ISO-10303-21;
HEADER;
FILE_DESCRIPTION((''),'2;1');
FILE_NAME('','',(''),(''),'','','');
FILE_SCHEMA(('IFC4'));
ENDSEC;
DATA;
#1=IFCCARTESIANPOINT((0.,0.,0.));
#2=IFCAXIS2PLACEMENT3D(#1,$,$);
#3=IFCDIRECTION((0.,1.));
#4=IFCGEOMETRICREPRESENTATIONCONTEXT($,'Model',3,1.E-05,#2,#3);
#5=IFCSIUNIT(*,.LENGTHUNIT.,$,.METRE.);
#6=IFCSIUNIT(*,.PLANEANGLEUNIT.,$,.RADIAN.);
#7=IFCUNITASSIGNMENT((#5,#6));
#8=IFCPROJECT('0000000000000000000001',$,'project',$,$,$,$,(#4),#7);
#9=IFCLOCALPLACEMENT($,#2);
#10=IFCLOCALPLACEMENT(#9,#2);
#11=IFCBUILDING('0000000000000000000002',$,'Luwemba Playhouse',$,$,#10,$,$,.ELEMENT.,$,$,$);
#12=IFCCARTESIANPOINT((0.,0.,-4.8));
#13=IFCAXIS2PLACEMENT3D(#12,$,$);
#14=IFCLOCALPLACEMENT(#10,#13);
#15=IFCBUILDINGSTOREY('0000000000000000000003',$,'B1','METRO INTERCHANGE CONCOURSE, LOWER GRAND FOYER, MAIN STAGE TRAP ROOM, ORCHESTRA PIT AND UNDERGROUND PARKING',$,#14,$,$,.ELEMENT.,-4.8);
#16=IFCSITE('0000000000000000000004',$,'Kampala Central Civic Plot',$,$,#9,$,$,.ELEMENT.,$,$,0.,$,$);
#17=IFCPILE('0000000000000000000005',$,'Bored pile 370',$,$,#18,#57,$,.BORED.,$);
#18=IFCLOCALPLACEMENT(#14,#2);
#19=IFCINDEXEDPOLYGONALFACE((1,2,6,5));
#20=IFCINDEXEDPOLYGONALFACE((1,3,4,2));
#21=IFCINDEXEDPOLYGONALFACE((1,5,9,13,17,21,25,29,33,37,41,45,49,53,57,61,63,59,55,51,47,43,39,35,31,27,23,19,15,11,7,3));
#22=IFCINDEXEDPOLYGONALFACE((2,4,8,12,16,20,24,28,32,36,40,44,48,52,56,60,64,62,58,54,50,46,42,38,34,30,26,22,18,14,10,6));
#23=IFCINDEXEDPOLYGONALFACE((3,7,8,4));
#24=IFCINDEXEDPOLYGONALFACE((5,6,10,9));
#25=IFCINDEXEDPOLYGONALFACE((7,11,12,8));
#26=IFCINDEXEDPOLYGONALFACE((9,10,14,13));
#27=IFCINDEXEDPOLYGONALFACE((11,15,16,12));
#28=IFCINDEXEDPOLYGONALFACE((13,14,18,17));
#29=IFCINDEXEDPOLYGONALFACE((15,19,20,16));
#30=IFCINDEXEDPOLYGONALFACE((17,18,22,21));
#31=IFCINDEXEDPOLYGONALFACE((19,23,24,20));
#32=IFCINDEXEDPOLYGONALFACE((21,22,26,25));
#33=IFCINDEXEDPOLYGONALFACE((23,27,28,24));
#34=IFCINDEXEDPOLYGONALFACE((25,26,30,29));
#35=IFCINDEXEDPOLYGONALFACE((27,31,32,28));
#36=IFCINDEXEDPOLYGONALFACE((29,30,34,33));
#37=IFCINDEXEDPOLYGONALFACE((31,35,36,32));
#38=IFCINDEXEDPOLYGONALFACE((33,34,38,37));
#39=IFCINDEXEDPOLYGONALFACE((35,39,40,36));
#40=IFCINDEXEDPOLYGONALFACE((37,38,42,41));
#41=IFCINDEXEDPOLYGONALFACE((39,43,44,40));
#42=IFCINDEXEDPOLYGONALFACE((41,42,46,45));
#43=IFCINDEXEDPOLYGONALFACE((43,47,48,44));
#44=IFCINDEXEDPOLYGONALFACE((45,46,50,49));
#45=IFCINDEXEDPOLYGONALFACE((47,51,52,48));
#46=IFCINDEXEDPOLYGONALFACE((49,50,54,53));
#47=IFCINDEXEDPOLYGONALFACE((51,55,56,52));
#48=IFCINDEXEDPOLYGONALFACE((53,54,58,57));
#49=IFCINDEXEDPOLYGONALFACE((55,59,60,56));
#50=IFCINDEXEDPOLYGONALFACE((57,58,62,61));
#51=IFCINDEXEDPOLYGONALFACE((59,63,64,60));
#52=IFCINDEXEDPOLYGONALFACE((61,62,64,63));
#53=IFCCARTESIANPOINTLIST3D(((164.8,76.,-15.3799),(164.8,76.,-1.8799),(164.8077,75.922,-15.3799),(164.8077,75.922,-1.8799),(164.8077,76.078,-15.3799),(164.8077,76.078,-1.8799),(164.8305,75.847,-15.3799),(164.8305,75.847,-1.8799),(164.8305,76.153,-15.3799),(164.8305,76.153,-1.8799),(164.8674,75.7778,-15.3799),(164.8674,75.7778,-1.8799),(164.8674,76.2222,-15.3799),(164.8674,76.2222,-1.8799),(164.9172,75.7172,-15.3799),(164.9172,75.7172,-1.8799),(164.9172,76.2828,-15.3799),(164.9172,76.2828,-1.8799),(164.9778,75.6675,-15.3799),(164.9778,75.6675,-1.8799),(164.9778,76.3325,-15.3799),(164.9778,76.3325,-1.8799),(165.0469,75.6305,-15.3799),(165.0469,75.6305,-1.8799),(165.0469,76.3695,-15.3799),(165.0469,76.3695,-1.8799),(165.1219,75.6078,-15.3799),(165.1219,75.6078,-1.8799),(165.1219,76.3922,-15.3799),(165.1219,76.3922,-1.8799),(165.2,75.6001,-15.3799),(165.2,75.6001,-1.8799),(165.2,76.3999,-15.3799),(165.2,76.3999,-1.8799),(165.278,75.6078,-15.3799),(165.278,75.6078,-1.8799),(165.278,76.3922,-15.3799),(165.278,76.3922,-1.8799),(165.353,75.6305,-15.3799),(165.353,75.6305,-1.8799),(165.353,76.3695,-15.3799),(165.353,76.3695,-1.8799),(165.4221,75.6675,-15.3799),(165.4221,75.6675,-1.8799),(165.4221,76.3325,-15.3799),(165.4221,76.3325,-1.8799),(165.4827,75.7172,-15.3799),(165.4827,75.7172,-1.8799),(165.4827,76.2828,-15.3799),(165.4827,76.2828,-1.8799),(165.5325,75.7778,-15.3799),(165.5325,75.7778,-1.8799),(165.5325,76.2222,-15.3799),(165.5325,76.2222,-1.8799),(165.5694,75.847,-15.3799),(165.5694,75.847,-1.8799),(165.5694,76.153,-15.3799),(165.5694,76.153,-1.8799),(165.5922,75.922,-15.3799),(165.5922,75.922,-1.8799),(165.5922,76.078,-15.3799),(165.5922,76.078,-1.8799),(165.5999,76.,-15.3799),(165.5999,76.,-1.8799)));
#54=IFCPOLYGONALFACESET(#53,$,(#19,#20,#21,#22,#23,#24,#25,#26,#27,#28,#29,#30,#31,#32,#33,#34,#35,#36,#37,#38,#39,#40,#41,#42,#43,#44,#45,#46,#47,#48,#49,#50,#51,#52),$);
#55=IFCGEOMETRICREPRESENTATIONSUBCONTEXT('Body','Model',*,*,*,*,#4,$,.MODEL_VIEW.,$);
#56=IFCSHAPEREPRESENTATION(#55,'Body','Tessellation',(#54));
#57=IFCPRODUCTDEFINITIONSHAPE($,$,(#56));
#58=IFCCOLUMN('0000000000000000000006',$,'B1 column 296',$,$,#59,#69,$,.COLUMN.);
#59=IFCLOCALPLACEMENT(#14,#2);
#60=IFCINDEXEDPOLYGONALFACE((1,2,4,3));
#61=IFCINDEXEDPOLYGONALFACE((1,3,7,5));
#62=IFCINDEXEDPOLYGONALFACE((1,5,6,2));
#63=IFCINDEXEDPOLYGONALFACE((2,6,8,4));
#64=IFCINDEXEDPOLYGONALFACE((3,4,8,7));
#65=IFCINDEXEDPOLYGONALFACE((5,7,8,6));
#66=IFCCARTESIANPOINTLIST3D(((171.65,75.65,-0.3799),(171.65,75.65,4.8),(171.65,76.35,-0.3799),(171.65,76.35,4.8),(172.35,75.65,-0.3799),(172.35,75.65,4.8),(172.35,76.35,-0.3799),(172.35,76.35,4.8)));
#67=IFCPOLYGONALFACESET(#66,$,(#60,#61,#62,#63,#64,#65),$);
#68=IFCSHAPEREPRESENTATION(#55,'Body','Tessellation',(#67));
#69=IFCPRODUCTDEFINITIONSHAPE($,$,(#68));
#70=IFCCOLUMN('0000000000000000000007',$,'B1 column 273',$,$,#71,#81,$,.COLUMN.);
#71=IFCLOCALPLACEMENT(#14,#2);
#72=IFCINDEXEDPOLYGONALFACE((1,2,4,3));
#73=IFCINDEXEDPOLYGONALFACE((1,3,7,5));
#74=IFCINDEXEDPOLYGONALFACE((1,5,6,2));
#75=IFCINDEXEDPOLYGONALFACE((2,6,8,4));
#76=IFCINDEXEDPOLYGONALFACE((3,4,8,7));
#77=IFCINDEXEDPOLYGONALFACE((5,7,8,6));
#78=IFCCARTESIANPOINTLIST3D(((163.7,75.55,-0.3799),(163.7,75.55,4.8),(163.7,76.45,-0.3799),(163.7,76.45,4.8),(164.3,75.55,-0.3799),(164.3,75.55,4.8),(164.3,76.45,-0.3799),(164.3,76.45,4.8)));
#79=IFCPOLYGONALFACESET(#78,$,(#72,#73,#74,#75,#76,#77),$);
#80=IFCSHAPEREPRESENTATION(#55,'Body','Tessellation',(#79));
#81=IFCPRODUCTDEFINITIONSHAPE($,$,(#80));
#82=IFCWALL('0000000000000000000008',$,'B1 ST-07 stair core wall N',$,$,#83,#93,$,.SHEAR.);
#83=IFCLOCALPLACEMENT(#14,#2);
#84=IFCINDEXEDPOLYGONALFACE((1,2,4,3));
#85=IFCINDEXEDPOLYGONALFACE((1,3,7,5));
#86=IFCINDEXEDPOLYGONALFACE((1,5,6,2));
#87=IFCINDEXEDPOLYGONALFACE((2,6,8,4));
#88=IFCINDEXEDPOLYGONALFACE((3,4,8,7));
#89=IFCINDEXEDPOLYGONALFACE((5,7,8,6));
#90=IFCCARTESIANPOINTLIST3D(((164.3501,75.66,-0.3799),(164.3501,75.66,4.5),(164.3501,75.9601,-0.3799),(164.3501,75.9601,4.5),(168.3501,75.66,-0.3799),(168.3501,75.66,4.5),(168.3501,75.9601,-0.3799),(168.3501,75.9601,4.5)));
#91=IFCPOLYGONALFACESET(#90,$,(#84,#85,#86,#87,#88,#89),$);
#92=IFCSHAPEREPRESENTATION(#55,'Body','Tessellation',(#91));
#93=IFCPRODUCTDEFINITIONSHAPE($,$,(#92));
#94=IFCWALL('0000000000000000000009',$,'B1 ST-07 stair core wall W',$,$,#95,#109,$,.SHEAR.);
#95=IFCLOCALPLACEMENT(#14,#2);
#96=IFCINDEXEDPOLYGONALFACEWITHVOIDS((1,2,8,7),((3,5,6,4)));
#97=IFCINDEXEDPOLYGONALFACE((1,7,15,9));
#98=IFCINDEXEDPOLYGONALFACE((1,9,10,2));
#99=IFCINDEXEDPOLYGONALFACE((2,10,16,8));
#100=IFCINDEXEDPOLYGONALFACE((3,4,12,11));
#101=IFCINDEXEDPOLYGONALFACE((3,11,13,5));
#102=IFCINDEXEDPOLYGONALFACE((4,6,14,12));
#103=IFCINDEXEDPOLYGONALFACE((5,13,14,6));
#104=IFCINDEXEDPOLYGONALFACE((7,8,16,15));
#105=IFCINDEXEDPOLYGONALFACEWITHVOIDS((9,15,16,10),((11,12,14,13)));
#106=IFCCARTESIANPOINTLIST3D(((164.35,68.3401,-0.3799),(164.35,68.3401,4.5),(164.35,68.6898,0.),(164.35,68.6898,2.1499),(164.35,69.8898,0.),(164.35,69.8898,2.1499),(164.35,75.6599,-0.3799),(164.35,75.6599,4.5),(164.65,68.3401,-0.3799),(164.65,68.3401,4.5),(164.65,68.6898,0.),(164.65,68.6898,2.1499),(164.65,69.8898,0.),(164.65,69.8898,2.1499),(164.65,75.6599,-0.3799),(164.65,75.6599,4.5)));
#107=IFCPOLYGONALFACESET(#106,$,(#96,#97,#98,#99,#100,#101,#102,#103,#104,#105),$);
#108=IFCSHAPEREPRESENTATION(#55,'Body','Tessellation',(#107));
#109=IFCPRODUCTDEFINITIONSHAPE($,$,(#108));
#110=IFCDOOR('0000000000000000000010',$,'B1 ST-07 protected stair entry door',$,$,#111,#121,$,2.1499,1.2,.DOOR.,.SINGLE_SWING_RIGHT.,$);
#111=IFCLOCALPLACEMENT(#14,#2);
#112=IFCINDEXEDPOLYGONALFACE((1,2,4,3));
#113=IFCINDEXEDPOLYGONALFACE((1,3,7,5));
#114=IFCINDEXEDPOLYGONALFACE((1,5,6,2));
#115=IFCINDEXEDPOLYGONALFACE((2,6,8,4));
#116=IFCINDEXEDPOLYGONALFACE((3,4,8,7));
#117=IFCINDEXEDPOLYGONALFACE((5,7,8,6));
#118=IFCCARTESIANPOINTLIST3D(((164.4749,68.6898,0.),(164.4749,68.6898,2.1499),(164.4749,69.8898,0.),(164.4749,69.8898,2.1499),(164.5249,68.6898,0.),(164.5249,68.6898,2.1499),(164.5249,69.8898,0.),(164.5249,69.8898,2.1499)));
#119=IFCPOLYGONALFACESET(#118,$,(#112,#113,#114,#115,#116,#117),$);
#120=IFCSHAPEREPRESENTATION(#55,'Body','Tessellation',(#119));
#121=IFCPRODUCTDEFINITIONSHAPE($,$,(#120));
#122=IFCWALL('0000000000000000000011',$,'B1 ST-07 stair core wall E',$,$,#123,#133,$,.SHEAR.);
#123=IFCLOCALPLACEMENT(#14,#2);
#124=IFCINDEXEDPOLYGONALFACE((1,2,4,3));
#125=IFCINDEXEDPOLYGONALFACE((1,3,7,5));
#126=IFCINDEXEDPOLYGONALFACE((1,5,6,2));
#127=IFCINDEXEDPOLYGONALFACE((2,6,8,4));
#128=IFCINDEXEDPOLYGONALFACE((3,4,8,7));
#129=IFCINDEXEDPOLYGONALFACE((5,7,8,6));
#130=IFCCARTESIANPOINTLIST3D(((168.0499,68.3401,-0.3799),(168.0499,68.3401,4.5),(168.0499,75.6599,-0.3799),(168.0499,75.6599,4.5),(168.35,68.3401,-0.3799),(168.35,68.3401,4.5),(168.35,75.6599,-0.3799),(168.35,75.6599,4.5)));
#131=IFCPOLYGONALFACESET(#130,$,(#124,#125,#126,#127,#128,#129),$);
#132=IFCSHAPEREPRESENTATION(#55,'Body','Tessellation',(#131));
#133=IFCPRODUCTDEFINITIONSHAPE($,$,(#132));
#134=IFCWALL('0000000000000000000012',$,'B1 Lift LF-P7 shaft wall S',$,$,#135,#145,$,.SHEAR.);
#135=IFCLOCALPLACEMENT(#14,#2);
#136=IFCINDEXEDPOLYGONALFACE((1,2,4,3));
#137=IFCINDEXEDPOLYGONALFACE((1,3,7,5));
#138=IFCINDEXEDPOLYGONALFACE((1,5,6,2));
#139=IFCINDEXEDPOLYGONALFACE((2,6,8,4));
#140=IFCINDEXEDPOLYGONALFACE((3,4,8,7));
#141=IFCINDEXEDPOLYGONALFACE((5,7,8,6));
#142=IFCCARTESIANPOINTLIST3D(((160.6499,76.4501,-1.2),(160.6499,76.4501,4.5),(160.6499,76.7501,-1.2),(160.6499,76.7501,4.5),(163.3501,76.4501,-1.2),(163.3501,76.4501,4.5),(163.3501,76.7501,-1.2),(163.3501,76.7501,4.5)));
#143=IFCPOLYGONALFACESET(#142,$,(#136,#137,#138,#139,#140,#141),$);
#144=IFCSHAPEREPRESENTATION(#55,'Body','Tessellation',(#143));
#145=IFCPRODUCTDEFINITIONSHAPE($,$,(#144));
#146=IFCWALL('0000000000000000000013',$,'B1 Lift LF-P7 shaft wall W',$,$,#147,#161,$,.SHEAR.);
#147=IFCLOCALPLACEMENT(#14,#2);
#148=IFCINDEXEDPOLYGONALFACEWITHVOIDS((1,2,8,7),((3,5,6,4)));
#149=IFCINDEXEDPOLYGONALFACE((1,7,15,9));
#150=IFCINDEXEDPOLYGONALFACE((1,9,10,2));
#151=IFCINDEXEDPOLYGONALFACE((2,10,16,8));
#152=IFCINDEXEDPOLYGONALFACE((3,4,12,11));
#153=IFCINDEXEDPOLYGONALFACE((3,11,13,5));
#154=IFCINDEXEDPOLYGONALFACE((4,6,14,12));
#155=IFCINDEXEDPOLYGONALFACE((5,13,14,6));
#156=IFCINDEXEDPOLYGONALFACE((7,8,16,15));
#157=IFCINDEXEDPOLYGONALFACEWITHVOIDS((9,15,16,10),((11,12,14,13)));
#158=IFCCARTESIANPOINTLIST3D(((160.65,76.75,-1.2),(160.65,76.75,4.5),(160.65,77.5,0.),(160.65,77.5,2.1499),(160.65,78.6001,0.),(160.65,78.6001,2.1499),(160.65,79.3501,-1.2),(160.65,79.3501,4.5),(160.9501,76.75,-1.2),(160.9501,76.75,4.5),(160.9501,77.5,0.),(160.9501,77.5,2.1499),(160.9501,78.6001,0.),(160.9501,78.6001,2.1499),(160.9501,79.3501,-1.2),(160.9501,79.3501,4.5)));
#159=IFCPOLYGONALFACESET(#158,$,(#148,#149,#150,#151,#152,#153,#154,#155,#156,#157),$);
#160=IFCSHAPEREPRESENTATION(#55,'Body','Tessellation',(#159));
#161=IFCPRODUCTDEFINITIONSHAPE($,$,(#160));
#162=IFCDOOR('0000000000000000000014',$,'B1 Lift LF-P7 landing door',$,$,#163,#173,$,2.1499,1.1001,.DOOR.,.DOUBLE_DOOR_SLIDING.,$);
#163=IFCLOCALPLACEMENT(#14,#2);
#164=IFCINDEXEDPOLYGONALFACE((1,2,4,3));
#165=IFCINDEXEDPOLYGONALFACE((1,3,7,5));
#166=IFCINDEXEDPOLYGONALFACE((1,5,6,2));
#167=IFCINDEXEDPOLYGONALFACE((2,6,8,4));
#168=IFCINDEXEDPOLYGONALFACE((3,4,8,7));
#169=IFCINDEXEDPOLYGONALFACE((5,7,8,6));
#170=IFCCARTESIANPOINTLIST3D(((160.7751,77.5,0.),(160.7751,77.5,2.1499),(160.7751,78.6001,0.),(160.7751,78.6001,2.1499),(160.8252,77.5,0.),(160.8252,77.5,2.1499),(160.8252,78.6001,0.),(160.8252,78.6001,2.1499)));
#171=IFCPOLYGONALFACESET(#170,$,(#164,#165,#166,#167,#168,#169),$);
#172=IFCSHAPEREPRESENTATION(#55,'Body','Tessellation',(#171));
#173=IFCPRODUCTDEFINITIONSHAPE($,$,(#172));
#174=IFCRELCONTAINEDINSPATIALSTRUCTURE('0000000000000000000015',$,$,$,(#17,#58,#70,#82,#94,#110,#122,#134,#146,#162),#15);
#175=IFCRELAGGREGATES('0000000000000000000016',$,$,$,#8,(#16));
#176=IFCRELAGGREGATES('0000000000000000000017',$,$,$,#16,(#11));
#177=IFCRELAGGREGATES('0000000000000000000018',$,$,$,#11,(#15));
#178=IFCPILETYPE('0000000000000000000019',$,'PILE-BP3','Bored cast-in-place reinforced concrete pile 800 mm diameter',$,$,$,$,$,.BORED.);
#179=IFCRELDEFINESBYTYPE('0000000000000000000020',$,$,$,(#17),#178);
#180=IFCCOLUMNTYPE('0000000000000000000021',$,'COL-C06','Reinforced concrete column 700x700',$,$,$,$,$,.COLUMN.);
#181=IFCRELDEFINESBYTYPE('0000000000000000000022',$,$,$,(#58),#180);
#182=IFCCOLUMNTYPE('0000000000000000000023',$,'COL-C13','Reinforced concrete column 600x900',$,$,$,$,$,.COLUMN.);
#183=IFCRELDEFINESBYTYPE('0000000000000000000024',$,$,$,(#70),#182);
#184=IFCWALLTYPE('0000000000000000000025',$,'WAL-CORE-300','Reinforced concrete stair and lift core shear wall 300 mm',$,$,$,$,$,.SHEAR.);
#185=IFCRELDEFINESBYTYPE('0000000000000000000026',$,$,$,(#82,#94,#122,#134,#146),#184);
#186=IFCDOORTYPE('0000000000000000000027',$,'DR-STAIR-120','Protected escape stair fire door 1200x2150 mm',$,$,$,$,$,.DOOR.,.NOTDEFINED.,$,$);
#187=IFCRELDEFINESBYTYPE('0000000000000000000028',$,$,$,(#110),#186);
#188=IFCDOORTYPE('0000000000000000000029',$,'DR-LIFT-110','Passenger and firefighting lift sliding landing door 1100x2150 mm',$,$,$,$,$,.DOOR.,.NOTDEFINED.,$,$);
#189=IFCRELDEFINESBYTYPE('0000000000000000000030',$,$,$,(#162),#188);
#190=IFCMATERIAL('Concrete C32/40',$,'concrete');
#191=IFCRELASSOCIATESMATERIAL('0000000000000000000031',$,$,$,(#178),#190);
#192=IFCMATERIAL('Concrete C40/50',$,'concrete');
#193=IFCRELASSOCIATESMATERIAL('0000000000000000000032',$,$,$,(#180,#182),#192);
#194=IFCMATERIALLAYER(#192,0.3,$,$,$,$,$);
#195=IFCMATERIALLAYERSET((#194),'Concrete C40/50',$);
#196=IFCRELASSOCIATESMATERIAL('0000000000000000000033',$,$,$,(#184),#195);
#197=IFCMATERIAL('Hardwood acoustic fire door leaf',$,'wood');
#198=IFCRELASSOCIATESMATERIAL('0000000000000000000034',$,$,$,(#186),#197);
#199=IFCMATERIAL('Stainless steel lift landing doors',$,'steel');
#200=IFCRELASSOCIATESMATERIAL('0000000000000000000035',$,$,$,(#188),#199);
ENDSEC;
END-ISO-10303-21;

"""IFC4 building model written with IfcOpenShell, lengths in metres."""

from ifc_helpers import new_model, si_unit, direction, frame, frame_2d, origin, origin_2d, place, context, subcontext, project, spatial, rectangle, circle, extrude, material, layer, layer_set, material_profile, profile_set, type_object, element, fill, save


model = new_model("IFC4")

# Units and contexts
model_context = context("Model", 3, precision=1e-05, world=origin(), true_north=direction((0.0, 1.0)))
body_context = subcontext(model_context, "Body", "Model", "MODEL_VIEW")
ifc_project = project(units=[si_unit("LENGTHUNIT", "METRE"), si_unit("PLANEANGLEUNIT", "RADIAN")], contexts=[model_context])

# Site, building, storey
site_placement = place(None, origin())
site = spatial("IfcSite", under=ifc_project, at=site_placement, Name="Kampala Central Civic Plot", CompositionType="ELEMENT", RefElevation=0.0)
building_placement = place(site_placement, origin())
building = spatial("IfcBuilding", under=site, at=building_placement, Name="Luwemba Playhouse", CompositionType="ELEMENT")
storey_placement = place(building_placement, frame((0.0, 0.0, -4.8)))
storey = spatial("IfcBuildingStorey", under=building, at=storey_placement, Name="B1", Description="METRO INTERCHANGE CONCOURSE, LOWER GRAND FOYER, MAIN STAGE TRAP ROOM, ORCHESTRA PIT AND UNDERGROUND PARKING", CompositionType="ELEMENT", Elevation=-4.8)

# Shared definitions
ifc_material_1 = material(Name="Concrete C32/40", Category="concrete")

# Pile
ifc_material_profile_1 = material_profile(ifc_material_1, circle(Radius=0.3999, at=origin_2d()))
ifc_profile_set_1 = profile_set([ifc_material_profile_1], Name="Concrete C32/40")
pile_type_1 = type_object("IfcPileType", Name="PILE-BP3", Description="Bored cast-in-place reinforced concrete pile 800 mm diameter", PredefinedType="BORED", material=ifc_profile_set_1)
for number, where, z_axis, x_axis, name in (
    (1, (165.2, 76.0, -1.8799), (0.0, 0.0, -1.0), (1.0, 0.0, 0.0), "Bored pile 370"),
):
    element("IfcPile", number, at=place(storey_placement, frame(where, z_axis=z_axis, x_axis=x_axis)), inside=storey, type_object=pile_type_1, Name=name, PredefinedType="BORED", context=body_context, shape_type="SweptSolid", body=[
        extrude(circle(Radius=0.3999, at=origin_2d()), origin(), (0.0, 0.0, 1.0), 13.5),
    ])

# Columns
ifc_material_2 = material(Name="Concrete C40/50", Category="concrete")
ifc_material_profile_2 = material_profile(ifc_material_2, rectangle(XDim=0.7, YDim=0.7, at=origin_2d()))
ifc_profile_set_2 = profile_set([ifc_material_profile_2], Name="Concrete C40/50")
column_type_1 = type_object("IfcColumnType", Name="COL-C06", Description="Reinforced concrete column 700x700", PredefinedType="COLUMN", material=ifc_profile_set_2)
column_1_placement = place(storey_placement, frame((172.0, 76.0, -0.3799), z_axis=(0.0, 0.0, 1.0), x_axis=(1.0, 0.0, 0.0)))
element("IfcColumn", 2, at=column_1_placement, inside=storey, type_object=column_type_1, Name="B1 column 296", PredefinedType="COLUMN", context=body_context, shape_type="SweptSolid", body=[
    extrude(rectangle(XDim=0.7, YDim=0.7, at=origin_2d()), origin(), (0.0, 0.0, 1.0), 5.1799),
])
ifc_material_profile_3 = material_profile(ifc_material_2, rectangle(XDim=0.6001, YDim=0.8999, at=origin_2d()))
ifc_profile_set_3 = profile_set([ifc_material_profile_3], Name="Concrete C40/50")
column_type_2 = type_object("IfcColumnType", Name="COL-C13", Description="Reinforced concrete column 600x900", PredefinedType="COLUMN", material=ifc_profile_set_3)
column_2_placement = place(storey_placement, frame((164.0, 76.0, -0.3799), z_axis=(0.0, 0.0, 1.0), x_axis=(1.0, 0.0, 0.0)))
element("IfcColumn", 3, at=column_2_placement, inside=storey, type_object=column_type_2, Name="B1 column 273", PredefinedType="COLUMN", context=body_context, shape_type="SweptSolid", body=[
    extrude(rectangle(XDim=0.6001, YDim=0.8999, at=origin_2d()), origin(), (0.0, 0.0, 1.0), 5.1799),
])

# Wall
ifc_layer_1 = layer(ifc_material_2, 0.3)
ifc_layer_set_1 = layer_set([ifc_layer_1], Name="Concrete C40/50")
wall_type_1 = type_object("IfcWallType", Name="WAL-CORE-300", Description="Reinforced concrete stair and lift core shear wall 300 mm", PredefinedType="SHEAR", material=ifc_layer_set_1)
wall_1_placement = place(storey_placement, frame((168.3501, 75.8101, -0.3799), z_axis=(0.0, 0.0, 1.0), x_axis=(-1.0, 0.0, 0.0)))
element("IfcWall", 4, at=wall_1_placement, inside=storey, type_object=wall_type_1, Name="B1 ST-07 stair core wall N", PredefinedType="SHEAR", context=body_context, shape_type="SweptSolid", body=[
    extrude(rectangle(XDim=4.0, YDim=0.3, at=frame_2d((2.0, 0.0))), origin(), (0.0, 0.0, 1.0), 4.8799),
])

# Wall, opening, door
wall_2_placement = place(storey_placement, frame((164.5, 75.6599, -0.3799), z_axis=(0.0, 0.0, 1.0), x_axis=(0.0, -1.0, 0.0)))
wall_2 = element("IfcWall", 5, at=wall_2_placement, inside=storey, type_object=wall_type_1, Name="B1 ST-07 stair core wall W", PredefinedType="SHEAR", context=body_context, shape_type="SweptSolid", body=[
    extrude(rectangle(XDim=7.3198, YDim=0.3, at=frame_2d((3.6599, 0.0))), origin(), (0.0, 0.0, 1.0), 4.8799),
])
opening_1_placement = place(wall_2_placement, frame((5.77, 0.0, 0.3799)))
opening_1 = element("IfcOpeningElement", 6, at=opening_1_placement, cuts=wall_2, PredefinedType="OPENING", context=body_context, shape_type="SweptSolid", body=[
    extrude(rectangle(XDim=1.2, YDim=2.1499, at=frame_2d((0.6001, 1.075))), frame((0.0, 0.1599, 0.0), z_axis=(0.0, -1.0, 0.0), x_axis=(1.0, 0.0, 0.0)), (0.0, 0.0, 1.0), 0.3201),
])
ifc_material_3 = material(Name="Hardwood acoustic fire door leaf", Category="wood")
door_type_1 = type_object("IfcDoorType", Name="DR-STAIR-120", Description="Protected escape stair fire door 1200x2150 mm", OperationType="NOTDEFINED", PredefinedType="DOOR", material=ifc_material_3)
door_1_placement = place(opening_1_placement, origin())
door_1 = element("IfcDoor", 7, at=door_1_placement, inside=storey, type_object=door_type_1, Name="B1 ST-07 protected stair entry door", OperationType="SINGLE_SWING_RIGHT", OverallHeight=2.1499, OverallWidth=1.2, PredefinedType="DOOR", context=body_context, shape_type="SweptSolid", body=[
    extrude(rectangle(XDim=1.2, YDim=2.1499, at=frame_2d((0.6001, 1.075))), frame((0.0, 0.0249, 0.0), z_axis=(0.0, -1.0, 0.0), x_axis=(1.0, 0.0, 0.0)), (0.0, 0.0, 1.0), 0.05),
])
fill(opening_1, door_1)

# Walls
wall_3_placement = place(storey_placement, frame((168.2, 75.6599, -0.3799), z_axis=(0.0, 0.0, 1.0), x_axis=(0.0, -1.0, 0.0)))
element("IfcWall", 8, at=wall_3_placement, inside=storey, type_object=wall_type_1, Name="B1 ST-07 stair core wall E", PredefinedType="SHEAR", context=body_context, shape_type="SweptSolid", body=[
    extrude(rectangle(XDim=7.3198, YDim=0.3, at=frame_2d((3.6599, 0.0))), origin(), (0.0, 0.0, 1.0), 4.8799),
])
wall_4_placement = place(storey_placement, frame((160.6499, 76.6001, -1.2), z_axis=(0.0, 0.0, 1.0), x_axis=(1.0, 0.0, 0.0)))
element("IfcWall", 9, at=wall_4_placement, inside=storey, type_object=wall_type_1, Name="B1 Lift LF-P7 shaft wall S", PredefinedType="SHEAR", context=body_context, shape_type="SweptSolid", body=[
    extrude(rectangle(XDim=2.7002, YDim=0.3, at=frame_2d((1.3501, 0.0))), origin(), (0.0, 0.0, 1.0), 5.7),
])

# Wall, opening, door
wall_5_placement = place(storey_placement, frame((160.8, 76.75, -1.2), z_axis=(0.0, 0.0, 1.0), x_axis=(0.0, 1.0, 0.0)))
wall_5 = element("IfcWall", 10, at=wall_5_placement, inside=storey, type_object=wall_type_1, Name="B1 Lift LF-P7 shaft wall W", PredefinedType="SHEAR", context=body_context, shape_type="SweptSolid", body=[
    extrude(rectangle(XDim=2.6001, YDim=0.3, at=frame_2d((1.3, 0.0))), origin(), (0.0, 0.0, 1.0), 5.7),
])
opening_2_placement = place(wall_5_placement, frame((0.75, 0.0, 1.2)))
opening_2 = element("IfcOpeningElement", 11, at=opening_2_placement, cuts=wall_5, PredefinedType="OPENING", context=body_context, shape_type="SweptSolid", body=[
    extrude(rectangle(XDim=1.1001, YDim=2.1499, at=frame_2d((0.55, 1.075))), frame((0.0, 0.1599, 0.0), z_axis=(0.0, -1.0, 0.0), x_axis=(1.0, 0.0, 0.0)), (0.0, 0.0, 1.0), 0.3201),
])
ifc_material_4 = material(Name="Stainless steel lift landing doors", Category="steel")
door_type_2 = type_object("IfcDoorType", Name="DR-LIFT-110", Description="Passenger and firefighting lift sliding landing door 1100x2150 mm", OperationType="NOTDEFINED", PredefinedType="DOOR", material=ifc_material_4)
door_2_placement = place(opening_2_placement, origin())
door_2 = element("IfcDoor", 12, at=door_2_placement, inside=storey, type_object=door_type_2, Name="B1 Lift LF-P7 landing door", OperationType="DOUBLE_DOOR_SLIDING", OverallHeight=2.1499, OverallWidth=1.1001, PredefinedType="DOOR", context=body_context, shape_type="SweptSolid", body=[
    extrude(rectangle(XDim=1.1001, YDim=2.1499, at=frame_2d((0.55, 1.075))), frame((0.0, 0.0249, 0.0), z_axis=(0.0, -1.0, 0.0), x_axis=(1.0, 0.0, 0.0)), (0.0, 0.0, 1.0), 0.05),
])
fill(opening_2, door_2)

save(model, "model.ifc")
